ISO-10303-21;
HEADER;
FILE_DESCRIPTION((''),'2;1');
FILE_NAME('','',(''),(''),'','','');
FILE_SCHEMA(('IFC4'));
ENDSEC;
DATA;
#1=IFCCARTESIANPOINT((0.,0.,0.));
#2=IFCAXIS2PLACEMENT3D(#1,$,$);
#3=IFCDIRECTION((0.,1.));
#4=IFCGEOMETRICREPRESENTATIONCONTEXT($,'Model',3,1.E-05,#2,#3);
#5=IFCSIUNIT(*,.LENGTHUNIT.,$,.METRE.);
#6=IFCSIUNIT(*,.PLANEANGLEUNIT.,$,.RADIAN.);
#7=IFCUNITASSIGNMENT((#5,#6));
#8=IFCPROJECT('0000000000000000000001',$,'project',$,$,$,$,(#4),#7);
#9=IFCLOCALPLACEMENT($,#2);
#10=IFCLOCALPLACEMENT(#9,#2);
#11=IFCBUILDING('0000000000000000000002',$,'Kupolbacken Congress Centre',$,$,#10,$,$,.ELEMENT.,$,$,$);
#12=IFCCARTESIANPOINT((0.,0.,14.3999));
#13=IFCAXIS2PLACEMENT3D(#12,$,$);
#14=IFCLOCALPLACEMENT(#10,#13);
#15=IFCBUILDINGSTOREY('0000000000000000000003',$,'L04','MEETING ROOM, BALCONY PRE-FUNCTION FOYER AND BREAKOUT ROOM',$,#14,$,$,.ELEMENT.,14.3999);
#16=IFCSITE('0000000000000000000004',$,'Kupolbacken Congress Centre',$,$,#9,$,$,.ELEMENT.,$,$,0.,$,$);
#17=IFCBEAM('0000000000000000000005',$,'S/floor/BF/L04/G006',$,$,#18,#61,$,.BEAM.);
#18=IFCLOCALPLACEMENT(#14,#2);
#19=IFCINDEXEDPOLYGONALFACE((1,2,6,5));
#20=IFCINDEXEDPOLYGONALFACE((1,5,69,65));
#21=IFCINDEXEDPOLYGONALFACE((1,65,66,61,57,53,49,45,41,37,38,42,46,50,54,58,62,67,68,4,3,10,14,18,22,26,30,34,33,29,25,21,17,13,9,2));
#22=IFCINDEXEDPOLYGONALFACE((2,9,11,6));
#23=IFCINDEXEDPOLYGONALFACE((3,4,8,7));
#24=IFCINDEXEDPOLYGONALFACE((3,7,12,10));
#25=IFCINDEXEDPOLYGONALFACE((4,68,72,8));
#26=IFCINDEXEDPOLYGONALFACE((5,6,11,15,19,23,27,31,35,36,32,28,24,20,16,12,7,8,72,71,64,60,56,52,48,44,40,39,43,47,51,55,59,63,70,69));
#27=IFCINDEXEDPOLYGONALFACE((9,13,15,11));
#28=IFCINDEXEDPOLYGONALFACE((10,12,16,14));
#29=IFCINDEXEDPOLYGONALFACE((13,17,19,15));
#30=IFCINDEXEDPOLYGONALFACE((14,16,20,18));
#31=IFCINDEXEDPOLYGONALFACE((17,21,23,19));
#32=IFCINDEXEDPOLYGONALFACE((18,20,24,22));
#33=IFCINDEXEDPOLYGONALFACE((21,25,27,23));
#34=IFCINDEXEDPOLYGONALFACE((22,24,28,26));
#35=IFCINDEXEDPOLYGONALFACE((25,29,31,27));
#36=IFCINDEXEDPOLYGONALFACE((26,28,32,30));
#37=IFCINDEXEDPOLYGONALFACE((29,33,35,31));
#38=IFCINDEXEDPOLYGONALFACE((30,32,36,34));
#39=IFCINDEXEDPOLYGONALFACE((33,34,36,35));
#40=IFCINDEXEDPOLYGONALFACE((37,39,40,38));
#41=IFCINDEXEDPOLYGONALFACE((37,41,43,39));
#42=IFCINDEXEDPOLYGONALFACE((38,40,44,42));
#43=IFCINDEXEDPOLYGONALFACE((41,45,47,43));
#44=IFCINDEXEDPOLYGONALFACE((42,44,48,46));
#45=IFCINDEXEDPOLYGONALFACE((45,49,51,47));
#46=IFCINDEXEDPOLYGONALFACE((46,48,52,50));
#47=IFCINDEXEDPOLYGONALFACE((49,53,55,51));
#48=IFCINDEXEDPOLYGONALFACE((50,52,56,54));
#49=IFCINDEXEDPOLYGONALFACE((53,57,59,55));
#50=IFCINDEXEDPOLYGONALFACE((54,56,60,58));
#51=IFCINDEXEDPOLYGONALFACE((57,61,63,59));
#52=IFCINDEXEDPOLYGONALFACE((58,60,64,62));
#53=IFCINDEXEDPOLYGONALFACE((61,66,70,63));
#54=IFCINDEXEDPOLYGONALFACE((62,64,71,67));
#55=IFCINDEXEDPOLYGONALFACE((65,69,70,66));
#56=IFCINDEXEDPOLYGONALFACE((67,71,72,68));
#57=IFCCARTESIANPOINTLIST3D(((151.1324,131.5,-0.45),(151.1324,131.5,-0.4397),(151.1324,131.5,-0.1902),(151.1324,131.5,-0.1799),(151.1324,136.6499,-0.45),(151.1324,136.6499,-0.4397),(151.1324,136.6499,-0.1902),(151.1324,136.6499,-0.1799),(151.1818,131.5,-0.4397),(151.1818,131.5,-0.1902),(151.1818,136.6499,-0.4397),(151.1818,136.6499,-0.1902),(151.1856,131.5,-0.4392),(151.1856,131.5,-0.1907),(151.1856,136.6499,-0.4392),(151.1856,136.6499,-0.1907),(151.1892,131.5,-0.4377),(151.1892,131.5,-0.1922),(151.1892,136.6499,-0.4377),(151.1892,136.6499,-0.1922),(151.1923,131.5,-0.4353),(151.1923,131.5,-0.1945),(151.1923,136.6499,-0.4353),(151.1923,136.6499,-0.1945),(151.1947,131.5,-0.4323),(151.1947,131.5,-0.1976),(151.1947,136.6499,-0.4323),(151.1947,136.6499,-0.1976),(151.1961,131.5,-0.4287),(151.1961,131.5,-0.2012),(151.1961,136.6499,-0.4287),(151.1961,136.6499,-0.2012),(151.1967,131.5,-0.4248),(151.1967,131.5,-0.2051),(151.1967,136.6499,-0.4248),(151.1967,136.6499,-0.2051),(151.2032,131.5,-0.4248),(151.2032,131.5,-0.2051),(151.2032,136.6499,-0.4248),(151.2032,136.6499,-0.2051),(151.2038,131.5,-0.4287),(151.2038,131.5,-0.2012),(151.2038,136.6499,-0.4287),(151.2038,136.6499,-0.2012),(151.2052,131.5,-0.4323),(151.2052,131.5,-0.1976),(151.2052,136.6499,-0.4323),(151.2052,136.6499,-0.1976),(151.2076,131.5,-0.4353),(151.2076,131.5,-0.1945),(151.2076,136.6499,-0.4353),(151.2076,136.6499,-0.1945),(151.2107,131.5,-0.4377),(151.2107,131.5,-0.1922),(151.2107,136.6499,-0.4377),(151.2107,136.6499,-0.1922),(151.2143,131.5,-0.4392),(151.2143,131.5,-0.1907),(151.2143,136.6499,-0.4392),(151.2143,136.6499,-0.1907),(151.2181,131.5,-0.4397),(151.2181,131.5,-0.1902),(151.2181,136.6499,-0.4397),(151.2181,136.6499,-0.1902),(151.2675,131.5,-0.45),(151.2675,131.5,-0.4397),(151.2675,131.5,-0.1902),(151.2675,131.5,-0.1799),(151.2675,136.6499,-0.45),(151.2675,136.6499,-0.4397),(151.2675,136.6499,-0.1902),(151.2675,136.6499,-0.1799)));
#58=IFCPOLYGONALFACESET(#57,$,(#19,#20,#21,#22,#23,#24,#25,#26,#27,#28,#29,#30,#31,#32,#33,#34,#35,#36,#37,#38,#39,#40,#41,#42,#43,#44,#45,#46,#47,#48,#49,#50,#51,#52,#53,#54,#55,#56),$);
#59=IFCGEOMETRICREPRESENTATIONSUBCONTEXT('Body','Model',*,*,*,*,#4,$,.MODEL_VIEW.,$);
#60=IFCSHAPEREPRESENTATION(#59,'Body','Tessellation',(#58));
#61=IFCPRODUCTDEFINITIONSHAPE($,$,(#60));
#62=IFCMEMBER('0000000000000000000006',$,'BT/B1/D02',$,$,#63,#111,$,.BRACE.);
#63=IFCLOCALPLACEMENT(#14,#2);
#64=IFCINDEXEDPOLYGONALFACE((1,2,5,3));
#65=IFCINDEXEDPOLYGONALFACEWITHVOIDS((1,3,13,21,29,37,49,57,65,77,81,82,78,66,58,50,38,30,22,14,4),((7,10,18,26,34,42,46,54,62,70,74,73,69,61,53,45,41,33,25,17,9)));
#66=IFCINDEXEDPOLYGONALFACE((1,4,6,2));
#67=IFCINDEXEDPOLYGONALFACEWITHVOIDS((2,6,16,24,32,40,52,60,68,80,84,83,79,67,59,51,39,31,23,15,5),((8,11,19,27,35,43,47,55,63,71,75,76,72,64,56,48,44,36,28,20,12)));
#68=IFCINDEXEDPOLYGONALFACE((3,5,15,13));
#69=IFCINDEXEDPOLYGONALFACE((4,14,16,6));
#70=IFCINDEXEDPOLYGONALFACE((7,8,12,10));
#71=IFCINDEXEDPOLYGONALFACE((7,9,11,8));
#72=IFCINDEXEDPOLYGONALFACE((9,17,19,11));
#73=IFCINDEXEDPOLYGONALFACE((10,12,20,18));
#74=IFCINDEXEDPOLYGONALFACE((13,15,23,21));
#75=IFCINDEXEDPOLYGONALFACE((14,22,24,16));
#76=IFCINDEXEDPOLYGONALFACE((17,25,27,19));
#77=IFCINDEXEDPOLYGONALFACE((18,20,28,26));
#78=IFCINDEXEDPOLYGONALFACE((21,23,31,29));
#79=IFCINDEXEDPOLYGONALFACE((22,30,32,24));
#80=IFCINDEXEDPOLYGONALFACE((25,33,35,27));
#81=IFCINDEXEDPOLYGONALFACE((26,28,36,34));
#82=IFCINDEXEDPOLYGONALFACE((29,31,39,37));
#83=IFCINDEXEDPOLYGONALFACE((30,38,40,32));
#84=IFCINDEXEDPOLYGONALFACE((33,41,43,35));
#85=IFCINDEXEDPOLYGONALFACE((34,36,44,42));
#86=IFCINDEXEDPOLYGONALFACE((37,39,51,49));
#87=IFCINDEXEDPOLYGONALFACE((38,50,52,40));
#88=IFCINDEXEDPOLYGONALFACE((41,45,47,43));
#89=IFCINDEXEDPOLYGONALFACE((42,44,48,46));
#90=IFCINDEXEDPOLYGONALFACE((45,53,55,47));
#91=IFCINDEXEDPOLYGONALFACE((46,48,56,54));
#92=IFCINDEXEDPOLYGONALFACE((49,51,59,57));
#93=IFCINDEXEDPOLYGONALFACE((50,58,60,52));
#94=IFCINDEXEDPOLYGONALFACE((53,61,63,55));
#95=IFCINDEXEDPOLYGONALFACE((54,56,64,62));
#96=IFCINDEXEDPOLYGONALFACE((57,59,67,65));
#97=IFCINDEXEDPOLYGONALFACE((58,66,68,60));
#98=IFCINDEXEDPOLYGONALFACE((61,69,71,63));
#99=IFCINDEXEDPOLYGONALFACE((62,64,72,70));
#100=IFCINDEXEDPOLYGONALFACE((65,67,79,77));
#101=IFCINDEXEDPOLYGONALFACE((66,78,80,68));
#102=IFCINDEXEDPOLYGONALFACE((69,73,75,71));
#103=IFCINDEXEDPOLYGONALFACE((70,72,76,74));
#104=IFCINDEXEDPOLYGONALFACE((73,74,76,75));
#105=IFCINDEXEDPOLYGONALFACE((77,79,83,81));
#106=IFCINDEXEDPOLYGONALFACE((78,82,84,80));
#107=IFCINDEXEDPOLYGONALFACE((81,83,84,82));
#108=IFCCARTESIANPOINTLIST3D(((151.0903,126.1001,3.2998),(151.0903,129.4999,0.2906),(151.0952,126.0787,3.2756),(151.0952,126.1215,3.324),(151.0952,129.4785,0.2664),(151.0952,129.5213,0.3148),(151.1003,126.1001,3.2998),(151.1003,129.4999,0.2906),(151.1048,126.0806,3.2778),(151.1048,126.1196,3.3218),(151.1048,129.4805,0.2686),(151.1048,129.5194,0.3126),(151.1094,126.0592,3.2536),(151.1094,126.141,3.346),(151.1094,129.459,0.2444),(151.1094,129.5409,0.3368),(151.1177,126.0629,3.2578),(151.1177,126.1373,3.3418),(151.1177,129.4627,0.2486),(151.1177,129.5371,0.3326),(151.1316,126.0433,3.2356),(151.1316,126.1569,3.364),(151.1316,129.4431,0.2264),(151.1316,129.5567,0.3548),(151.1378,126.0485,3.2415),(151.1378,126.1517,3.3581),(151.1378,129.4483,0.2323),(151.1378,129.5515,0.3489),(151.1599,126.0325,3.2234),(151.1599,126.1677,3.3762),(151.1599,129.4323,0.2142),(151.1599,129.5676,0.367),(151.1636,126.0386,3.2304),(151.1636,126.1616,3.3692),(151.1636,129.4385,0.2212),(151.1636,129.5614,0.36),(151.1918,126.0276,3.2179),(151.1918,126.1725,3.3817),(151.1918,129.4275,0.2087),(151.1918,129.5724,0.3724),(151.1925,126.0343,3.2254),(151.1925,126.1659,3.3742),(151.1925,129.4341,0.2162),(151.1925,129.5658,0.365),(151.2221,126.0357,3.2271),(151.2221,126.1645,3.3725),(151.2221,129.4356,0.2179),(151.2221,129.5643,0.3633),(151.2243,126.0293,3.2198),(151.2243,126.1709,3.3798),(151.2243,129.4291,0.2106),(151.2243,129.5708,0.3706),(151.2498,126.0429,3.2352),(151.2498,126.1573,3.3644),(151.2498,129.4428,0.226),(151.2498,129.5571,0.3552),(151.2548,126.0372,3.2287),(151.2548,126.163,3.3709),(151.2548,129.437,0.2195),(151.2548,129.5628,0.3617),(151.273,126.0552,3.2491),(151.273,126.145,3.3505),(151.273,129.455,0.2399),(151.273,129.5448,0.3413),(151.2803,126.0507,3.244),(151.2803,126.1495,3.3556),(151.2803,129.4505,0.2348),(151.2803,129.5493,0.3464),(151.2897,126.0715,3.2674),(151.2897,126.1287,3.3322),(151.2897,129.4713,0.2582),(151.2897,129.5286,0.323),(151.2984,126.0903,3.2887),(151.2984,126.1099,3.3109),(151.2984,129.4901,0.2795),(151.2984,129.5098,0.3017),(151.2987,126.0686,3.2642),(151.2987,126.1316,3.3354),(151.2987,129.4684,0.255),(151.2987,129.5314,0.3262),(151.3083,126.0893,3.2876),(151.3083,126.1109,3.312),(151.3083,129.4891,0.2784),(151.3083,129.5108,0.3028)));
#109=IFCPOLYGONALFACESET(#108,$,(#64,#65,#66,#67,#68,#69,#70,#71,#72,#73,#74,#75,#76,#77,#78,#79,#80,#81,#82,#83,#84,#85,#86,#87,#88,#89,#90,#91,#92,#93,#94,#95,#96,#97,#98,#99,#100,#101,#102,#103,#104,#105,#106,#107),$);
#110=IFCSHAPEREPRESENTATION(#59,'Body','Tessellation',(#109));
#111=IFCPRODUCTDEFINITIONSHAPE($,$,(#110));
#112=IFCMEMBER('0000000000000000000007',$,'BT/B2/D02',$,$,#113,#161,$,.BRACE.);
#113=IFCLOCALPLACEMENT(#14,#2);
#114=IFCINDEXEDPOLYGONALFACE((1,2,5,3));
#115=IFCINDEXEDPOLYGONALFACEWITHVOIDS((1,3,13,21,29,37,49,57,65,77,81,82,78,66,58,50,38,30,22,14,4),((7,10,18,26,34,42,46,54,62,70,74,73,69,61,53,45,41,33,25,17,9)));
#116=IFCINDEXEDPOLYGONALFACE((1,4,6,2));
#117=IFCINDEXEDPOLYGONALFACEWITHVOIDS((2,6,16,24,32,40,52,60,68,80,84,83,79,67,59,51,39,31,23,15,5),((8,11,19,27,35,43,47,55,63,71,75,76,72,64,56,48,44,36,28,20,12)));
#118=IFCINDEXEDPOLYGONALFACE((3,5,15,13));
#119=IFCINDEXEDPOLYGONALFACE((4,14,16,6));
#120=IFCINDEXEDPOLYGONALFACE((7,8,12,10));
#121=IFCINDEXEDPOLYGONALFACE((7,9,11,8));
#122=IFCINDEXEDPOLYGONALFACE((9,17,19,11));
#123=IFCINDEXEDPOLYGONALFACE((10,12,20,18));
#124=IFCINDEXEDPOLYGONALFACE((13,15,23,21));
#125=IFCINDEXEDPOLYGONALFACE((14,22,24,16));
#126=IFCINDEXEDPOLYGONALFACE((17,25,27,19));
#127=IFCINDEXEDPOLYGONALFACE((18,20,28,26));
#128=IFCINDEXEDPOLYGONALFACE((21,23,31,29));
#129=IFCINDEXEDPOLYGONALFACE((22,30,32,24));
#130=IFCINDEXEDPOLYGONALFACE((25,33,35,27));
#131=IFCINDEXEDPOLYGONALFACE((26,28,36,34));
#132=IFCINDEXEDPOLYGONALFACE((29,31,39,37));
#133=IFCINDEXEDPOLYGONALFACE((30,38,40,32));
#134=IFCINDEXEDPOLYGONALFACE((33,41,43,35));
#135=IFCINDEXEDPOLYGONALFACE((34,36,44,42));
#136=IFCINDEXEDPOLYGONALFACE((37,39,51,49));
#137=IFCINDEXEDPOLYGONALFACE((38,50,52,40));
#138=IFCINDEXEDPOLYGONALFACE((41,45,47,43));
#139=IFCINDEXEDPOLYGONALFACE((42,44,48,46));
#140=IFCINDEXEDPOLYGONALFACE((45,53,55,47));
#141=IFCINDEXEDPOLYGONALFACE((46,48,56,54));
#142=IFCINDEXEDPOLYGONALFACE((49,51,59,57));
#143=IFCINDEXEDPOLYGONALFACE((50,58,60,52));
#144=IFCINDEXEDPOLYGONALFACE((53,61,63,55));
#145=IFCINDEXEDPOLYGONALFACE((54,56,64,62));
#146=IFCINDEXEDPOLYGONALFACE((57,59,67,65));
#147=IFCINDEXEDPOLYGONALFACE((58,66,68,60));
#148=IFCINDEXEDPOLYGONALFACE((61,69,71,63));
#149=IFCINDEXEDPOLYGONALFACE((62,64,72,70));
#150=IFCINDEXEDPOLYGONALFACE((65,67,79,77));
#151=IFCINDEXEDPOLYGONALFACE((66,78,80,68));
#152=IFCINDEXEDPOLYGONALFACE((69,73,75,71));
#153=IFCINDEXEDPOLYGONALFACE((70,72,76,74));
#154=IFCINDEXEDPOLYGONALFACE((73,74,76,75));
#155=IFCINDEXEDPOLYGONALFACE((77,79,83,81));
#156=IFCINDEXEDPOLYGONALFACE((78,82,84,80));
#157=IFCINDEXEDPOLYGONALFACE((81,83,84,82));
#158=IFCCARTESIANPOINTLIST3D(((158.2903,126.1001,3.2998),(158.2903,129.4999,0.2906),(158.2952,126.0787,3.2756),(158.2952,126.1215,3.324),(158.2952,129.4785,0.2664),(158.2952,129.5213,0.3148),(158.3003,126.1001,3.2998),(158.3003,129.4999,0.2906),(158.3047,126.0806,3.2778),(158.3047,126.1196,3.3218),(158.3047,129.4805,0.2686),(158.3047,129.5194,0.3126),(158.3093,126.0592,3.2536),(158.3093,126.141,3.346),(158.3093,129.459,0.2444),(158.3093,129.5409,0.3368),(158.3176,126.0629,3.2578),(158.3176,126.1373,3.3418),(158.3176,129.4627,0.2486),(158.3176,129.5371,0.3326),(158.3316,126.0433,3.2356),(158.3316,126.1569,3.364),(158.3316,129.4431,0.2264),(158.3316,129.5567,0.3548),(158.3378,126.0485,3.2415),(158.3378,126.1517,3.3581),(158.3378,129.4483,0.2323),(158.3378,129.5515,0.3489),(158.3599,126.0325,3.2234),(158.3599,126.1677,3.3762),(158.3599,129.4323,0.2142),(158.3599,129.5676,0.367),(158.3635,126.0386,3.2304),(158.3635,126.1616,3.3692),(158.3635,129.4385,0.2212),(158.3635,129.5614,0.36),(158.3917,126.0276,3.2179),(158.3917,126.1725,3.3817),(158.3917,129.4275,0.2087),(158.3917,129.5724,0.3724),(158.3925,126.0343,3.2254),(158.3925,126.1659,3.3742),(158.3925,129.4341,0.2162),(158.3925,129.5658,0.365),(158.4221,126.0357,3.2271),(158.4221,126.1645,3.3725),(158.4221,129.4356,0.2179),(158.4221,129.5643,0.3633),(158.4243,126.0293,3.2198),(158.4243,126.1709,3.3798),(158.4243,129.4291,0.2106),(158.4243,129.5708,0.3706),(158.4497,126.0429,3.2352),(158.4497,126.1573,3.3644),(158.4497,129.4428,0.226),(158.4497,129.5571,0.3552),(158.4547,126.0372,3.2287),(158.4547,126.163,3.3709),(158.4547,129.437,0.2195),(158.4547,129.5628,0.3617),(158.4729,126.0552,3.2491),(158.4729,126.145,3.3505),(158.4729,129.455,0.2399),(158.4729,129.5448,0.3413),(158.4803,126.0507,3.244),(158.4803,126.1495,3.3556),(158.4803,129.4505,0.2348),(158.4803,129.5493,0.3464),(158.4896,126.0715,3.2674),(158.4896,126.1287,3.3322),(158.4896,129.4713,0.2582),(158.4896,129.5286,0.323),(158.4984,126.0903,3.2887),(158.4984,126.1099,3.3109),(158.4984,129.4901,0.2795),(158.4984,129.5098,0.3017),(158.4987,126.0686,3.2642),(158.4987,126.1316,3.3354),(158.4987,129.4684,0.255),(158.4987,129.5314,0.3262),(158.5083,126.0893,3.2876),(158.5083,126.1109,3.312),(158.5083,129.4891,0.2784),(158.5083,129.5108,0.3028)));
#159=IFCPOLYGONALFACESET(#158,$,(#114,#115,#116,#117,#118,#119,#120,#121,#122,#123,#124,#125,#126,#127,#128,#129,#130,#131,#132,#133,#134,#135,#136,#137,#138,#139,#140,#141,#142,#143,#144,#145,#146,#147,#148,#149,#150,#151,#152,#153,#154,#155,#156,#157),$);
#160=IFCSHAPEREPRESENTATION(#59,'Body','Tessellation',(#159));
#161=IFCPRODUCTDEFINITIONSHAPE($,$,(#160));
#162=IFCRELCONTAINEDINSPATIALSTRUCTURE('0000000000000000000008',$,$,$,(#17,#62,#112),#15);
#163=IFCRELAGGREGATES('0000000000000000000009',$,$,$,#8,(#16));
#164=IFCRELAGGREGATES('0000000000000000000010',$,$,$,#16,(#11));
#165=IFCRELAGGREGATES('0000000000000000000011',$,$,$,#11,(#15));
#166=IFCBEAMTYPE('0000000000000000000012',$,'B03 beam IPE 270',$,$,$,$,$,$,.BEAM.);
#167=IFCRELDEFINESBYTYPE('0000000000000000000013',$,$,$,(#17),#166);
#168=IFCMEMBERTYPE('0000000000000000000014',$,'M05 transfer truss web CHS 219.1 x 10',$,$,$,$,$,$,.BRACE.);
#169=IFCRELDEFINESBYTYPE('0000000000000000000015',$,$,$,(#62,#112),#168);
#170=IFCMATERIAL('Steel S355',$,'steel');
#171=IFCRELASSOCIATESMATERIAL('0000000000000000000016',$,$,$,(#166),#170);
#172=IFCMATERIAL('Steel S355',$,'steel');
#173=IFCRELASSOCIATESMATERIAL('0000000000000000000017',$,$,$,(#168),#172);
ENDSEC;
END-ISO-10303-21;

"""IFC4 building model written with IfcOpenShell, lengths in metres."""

from ifc_helpers import new_model, si_unit, direction, frame, origin, origin_2d, place, context, subcontext, project, spatial, hollow_circle, i_section, extrude, material, material_profile, profile_set, type_object, element, save


model = new_model("IFC4")

# Units and contexts
model_context = context("Model", 3, precision=1e-05, world=origin(), true_north=direction((0.0, 1.0)))
body_context = subcontext(model_context, "Body", "Model", "MODEL_VIEW")
ifc_project = project(units=[si_unit("LENGTHUNIT", "METRE"), si_unit("PLANEANGLEUNIT", "RADIAN")], contexts=[model_context])

# Site, building, storey
site_placement = place(None, origin())
site = spatial("IfcSite", under=ifc_project, at=site_placement, Name="Kupolbacken Congress Centre", CompositionType="ELEMENT", RefElevation=0.0)
building_placement = place(site_placement, origin())
building = spatial("IfcBuilding", under=site, at=building_placement, Name="Kupolbacken Congress Centre", CompositionType="ELEMENT")
storey_placement = place(building_placement, frame((0.0, 0.0, 14.3999)))
storey = spatial("IfcBuildingStorey", under=building, at=storey_placement, Name="L04", Description="MEETING ROOM, BALCONY PRE-FUNCTION FOYER AND BREAKOUT ROOM", CompositionType="ELEMENT", Elevation=14.3999)

# Beam
ifc_material_1 = material(Name="Steel S355", Category="steel")
ifc_material_profile_1 = material_profile(ifc_material_1, i_section(OverallWidth=0.135, OverallDepth=0.27, WebThickness=0.0066, FlangeThickness=0.0103, FilletRadius=0.0149, at=origin_2d()), Name="IPE 270")
ifc_profile_set_1 = profile_set([ifc_material_profile_1], Name="Steel S355")
beam_type = type_object("IfcBeamType", Name="B03 beam IPE 270", PredefinedType="BEAM", material=ifc_profile_set_1)
beam_placement = place(storey_placement, frame((151.2, 131.5, -0.3149), z_axis=(0.0, 1.0, 0.0), x_axis=(-1.0, 0.0, 0.0)))
element("IfcBeam", 1, at=beam_placement, inside=storey, type_object=beam_type, Name="S/floor/BF/L04/G006", PredefinedType="BEAM", context=body_context, shape_type="SweptSolid", body=[
    extrude(i_section(OverallWidth=0.135, OverallDepth=0.27, WebThickness=0.0066, FlangeThickness=0.0103, FilletRadius=0.0149, at=origin_2d()), origin(), (0.0, 0.0, 1.0), 5.1499),
])

# Members
ifc_material_2 = material(Name="Steel S355", Category="steel")
ifc_material_profile_2 = material_profile(ifc_material_2, hollow_circle(Radius=0.1096, WallThickness=0.01, at=origin_2d()), Name="CHS 219.1 x 10")
ifc_profile_set_2 = profile_set([ifc_material_profile_2], Name="Steel S355")
member_type_1 = type_object("IfcMemberType", Name="M05 transfer truss web CHS 219.1 x 10", PredefinedType="BRACE", material=ifc_profile_set_2)
for number, where, z_axis, x_axis, name in (
    (2, (151.2, 126.1001, 3.2998), (0.0, 0.748814, -0.66278), (-1.0, 0.0, 0.0), "BT/B1/D02"),
    (3, (158.3999, 126.1001, 3.2998), (0.0, 0.748814, -0.66278), (-1.0, 0.0, 0.0), "BT/B2/D02"),
):
    element("IfcMember", number, at=place(storey_placement, frame(where, z_axis=z_axis, x_axis=x_axis)), inside=storey, type_object=member_type_1, Name=name, PredefinedType="BRACE", context=body_context, shape_type="SweptSolid", body=[
        extrude(hollow_circle(Radius=0.1096, WallThickness=0.01, at=origin_2d()), origin(), (0.0, 0.0, 1.0), 4.5403),
    ])

save(model, "model.ifc")
